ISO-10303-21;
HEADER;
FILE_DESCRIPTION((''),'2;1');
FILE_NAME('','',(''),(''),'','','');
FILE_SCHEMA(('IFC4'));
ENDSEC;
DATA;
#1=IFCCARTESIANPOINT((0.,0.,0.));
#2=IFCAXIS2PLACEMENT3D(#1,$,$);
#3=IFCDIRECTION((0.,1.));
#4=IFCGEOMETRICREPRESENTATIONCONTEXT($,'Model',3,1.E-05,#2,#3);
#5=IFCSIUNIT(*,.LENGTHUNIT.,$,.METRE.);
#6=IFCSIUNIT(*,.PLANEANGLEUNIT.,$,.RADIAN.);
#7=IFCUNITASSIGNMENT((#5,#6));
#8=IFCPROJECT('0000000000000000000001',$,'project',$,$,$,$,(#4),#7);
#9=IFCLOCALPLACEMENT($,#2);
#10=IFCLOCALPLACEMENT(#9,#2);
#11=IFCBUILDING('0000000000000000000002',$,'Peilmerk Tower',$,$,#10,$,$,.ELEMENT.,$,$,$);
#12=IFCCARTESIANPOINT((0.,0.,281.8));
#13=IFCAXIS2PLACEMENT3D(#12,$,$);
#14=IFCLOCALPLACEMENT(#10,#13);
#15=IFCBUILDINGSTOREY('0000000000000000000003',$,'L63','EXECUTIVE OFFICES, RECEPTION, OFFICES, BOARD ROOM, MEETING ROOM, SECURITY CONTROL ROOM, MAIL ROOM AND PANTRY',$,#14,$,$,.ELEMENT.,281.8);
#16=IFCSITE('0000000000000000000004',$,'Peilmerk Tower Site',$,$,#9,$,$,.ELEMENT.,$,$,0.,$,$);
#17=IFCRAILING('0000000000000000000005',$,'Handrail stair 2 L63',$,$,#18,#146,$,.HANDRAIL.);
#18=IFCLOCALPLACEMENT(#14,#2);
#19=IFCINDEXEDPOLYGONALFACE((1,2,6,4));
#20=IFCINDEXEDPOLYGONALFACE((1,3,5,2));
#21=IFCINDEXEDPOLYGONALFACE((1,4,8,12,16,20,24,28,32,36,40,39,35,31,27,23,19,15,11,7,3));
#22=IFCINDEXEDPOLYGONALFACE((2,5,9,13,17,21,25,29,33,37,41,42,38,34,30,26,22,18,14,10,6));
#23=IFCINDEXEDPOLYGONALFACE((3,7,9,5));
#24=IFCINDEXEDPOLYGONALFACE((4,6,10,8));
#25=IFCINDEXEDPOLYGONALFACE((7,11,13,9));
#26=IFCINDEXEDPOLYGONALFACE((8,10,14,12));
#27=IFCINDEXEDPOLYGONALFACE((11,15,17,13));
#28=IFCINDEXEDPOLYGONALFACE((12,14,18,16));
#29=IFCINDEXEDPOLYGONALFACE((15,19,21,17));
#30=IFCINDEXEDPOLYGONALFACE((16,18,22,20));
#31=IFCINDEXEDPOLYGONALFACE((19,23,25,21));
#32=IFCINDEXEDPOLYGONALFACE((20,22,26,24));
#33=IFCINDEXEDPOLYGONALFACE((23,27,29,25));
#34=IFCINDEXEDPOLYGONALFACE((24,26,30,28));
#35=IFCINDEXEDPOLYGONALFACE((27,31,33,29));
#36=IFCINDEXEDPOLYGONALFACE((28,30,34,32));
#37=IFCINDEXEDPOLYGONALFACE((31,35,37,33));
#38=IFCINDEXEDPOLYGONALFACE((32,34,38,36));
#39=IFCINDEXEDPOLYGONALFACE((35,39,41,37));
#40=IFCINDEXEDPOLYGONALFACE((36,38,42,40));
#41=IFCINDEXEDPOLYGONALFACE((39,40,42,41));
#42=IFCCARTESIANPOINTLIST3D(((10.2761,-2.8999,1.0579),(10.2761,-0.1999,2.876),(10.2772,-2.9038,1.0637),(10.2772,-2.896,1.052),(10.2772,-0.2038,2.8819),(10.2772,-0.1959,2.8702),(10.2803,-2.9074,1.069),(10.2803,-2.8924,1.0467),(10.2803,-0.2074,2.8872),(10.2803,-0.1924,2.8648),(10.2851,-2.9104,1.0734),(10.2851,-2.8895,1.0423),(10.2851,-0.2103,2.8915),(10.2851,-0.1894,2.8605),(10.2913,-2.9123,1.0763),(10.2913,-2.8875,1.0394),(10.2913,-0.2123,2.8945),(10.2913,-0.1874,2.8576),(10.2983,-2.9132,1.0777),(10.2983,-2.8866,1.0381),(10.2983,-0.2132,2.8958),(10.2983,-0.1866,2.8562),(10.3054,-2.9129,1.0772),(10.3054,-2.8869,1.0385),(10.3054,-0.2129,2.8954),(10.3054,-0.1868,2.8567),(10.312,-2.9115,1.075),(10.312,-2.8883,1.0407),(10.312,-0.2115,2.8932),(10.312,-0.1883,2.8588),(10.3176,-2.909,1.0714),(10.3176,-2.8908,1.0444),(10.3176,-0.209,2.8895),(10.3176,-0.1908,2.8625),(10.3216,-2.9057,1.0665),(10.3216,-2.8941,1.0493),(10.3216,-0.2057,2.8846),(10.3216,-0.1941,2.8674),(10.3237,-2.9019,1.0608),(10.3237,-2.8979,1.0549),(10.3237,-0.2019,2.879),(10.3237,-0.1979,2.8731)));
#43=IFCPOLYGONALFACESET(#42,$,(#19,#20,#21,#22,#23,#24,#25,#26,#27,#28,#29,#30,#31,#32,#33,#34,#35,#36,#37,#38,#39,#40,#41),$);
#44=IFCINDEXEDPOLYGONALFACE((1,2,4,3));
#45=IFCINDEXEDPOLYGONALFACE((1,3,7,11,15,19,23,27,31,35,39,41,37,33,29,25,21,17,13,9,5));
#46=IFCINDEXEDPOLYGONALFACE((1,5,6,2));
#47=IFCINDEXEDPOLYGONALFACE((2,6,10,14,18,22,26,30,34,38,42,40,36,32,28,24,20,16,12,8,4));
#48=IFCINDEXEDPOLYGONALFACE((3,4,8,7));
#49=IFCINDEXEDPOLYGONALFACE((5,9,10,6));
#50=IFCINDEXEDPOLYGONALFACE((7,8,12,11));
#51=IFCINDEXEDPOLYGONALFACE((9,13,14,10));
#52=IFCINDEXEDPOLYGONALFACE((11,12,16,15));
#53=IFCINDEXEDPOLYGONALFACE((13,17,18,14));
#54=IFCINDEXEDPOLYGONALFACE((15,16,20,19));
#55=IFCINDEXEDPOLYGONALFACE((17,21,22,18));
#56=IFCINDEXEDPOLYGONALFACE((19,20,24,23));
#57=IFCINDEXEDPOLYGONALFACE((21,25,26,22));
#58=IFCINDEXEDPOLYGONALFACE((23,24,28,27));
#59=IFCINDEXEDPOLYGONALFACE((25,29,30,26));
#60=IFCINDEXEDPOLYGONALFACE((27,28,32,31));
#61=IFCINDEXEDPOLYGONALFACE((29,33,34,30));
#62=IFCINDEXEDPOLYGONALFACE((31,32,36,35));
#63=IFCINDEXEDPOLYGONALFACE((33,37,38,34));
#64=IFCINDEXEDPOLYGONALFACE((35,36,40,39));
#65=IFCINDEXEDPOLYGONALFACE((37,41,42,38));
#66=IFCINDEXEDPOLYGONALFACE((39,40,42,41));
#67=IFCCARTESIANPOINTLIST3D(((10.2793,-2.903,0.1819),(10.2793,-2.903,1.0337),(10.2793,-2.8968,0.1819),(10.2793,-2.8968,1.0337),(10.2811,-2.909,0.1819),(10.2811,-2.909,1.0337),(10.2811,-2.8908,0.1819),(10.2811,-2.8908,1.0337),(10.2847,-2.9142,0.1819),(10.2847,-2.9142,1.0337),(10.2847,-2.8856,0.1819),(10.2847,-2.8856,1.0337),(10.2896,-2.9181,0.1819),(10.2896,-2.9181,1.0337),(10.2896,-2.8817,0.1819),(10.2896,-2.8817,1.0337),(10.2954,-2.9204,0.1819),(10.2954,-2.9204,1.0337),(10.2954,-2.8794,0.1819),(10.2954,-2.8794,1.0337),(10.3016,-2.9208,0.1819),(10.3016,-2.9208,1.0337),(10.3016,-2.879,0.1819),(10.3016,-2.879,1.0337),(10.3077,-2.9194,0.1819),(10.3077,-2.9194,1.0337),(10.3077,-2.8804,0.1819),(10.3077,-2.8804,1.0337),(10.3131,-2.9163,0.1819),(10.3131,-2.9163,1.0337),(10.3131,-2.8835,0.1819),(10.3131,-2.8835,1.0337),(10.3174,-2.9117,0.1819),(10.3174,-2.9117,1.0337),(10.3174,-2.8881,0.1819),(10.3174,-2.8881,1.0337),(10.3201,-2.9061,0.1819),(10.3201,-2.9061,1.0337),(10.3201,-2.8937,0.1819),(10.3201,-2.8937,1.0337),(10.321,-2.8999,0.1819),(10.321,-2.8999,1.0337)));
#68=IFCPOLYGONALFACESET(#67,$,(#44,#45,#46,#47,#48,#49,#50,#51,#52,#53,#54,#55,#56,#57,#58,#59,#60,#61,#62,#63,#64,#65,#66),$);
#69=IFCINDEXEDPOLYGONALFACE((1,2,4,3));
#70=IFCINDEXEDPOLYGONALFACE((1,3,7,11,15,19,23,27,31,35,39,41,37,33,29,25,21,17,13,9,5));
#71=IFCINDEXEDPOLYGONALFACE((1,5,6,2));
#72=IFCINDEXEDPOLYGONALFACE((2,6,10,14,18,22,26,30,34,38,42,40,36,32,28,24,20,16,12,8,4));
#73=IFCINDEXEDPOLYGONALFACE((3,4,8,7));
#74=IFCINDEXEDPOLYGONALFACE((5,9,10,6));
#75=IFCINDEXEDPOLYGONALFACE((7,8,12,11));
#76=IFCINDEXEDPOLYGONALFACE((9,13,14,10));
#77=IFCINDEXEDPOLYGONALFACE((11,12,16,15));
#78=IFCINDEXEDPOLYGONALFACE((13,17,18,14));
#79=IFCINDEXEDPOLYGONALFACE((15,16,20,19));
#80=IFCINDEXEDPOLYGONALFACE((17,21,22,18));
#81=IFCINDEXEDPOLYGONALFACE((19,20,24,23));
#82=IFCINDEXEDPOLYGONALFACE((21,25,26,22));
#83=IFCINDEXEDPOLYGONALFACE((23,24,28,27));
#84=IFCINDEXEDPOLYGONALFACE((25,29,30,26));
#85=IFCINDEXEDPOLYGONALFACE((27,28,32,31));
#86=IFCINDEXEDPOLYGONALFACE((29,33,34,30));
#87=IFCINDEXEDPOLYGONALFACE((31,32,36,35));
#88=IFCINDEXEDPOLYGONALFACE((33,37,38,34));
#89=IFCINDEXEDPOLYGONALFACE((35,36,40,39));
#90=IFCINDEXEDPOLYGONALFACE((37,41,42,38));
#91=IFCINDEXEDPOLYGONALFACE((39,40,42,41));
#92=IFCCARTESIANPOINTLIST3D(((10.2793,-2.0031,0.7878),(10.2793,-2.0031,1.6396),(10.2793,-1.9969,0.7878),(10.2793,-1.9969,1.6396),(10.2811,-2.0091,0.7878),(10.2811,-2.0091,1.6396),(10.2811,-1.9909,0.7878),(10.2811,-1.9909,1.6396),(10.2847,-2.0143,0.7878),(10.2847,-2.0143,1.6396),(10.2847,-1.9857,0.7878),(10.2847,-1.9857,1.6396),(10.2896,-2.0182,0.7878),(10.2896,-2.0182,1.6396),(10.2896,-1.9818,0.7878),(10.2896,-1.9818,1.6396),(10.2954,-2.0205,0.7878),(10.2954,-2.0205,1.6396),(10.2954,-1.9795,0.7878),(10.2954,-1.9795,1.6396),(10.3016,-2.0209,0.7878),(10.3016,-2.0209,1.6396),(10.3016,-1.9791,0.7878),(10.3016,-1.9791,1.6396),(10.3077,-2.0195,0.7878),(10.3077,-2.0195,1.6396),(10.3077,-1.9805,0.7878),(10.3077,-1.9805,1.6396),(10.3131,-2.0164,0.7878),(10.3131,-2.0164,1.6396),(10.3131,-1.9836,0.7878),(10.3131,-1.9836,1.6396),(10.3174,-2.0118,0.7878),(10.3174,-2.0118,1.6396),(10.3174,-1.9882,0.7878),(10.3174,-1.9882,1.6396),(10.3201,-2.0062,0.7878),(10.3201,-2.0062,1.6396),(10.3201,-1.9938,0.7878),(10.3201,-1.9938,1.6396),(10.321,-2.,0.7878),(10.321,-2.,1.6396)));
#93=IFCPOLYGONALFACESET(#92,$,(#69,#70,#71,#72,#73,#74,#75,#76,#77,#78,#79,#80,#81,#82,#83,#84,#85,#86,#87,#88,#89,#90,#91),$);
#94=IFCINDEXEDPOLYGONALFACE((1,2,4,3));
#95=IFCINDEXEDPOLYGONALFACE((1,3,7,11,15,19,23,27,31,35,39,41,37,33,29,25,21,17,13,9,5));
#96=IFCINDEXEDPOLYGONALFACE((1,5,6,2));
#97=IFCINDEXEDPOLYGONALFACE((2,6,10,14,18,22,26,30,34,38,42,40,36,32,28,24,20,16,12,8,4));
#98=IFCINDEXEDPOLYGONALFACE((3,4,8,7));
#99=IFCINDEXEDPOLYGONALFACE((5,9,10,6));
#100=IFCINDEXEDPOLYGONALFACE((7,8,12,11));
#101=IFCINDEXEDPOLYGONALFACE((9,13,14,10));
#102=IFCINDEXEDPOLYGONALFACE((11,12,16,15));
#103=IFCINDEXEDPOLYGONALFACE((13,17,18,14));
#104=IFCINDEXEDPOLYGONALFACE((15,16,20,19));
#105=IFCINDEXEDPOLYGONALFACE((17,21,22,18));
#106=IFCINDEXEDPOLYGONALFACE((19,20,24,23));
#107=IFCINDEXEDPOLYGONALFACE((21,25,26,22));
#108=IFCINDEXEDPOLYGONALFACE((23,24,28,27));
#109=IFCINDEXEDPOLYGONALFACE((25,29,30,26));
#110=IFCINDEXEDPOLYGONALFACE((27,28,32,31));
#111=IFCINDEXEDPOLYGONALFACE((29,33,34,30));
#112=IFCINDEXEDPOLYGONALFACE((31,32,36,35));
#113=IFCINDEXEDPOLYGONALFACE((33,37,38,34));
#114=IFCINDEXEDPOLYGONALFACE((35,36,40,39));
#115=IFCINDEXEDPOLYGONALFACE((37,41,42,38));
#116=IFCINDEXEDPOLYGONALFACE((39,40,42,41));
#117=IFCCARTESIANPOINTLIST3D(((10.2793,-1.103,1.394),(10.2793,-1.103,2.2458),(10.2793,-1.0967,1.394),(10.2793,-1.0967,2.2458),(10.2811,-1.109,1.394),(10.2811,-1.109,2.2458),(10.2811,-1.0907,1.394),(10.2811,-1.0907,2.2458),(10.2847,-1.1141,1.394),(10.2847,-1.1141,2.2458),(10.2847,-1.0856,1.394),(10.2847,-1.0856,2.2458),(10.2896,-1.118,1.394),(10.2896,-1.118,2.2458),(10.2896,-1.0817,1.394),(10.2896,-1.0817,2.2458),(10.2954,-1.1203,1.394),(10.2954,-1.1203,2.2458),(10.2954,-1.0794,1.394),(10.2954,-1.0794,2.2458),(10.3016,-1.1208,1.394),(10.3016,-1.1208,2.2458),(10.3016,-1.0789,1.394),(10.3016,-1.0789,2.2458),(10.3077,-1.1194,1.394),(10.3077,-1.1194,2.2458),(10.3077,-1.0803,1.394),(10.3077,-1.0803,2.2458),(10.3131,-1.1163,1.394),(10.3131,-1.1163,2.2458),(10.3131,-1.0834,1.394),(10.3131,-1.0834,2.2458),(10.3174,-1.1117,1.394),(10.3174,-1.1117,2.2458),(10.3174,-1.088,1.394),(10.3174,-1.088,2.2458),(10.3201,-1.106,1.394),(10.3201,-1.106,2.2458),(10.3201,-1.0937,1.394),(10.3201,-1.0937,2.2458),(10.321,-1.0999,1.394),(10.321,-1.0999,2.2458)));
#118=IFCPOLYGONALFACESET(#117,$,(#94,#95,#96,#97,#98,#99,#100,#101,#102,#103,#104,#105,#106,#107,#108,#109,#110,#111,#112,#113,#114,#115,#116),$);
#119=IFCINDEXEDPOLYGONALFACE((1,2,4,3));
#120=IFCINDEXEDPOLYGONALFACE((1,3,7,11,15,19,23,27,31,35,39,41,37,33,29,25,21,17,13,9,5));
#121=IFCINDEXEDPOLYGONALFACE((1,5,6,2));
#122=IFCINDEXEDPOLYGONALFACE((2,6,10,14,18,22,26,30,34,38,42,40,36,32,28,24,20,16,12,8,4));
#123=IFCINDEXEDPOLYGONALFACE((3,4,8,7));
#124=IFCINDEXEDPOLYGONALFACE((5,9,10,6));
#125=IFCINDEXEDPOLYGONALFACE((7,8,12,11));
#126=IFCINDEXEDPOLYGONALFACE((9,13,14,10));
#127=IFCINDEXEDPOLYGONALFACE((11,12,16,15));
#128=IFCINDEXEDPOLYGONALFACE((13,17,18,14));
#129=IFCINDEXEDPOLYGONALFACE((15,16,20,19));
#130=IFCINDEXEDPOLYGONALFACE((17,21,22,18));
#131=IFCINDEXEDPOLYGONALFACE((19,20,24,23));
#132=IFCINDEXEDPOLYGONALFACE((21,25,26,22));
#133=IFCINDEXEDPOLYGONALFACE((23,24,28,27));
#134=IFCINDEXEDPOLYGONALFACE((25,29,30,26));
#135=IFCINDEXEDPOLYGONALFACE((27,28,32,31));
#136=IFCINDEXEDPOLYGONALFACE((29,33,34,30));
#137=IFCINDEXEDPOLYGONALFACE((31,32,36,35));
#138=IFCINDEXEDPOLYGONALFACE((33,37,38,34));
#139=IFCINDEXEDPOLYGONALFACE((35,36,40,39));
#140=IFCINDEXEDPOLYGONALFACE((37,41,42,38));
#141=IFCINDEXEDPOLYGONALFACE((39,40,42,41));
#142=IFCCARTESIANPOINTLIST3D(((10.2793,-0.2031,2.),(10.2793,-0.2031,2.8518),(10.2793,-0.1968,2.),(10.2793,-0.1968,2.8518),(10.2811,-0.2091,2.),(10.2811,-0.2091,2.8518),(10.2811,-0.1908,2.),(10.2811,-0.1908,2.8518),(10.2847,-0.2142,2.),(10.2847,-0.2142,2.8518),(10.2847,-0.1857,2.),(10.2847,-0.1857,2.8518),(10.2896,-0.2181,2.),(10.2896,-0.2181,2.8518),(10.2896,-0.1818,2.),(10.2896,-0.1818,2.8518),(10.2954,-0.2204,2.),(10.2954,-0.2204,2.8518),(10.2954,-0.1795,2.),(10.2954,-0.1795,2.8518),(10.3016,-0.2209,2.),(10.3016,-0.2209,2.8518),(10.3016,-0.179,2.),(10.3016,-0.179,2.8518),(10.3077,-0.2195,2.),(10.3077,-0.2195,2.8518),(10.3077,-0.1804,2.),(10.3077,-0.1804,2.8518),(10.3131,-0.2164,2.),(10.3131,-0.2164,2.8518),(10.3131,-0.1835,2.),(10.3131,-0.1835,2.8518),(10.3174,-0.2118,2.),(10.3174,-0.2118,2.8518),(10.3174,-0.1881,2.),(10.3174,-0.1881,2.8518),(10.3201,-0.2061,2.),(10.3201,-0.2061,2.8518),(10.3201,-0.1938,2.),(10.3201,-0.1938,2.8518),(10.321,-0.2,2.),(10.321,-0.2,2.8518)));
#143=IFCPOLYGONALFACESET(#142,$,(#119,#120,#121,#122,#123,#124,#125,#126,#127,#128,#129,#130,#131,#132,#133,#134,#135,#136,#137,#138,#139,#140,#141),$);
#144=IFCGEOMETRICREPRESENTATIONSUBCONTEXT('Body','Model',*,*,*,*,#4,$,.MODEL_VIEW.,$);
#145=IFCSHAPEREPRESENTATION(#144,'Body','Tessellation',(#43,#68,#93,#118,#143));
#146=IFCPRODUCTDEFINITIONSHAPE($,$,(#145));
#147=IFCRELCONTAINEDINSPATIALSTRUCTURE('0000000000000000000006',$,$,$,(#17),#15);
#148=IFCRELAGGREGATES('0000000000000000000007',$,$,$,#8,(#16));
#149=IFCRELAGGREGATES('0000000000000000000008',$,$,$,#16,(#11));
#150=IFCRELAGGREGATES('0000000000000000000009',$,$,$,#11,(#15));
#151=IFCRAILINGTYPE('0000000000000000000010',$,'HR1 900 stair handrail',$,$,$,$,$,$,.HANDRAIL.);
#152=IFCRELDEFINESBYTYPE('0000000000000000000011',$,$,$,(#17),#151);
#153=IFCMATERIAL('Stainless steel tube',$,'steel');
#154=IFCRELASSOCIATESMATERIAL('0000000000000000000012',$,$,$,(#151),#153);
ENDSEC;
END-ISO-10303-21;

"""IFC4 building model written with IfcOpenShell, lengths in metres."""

from ifc_helpers import new_model, si_unit, direction, frame, origin, origin_2d, place, context, subcontext, project, spatial, circle, extrude, material, type_object, element, save


model = new_model("IFC4")

# Units and contexts
model_context = context("Model", 3, precision=1e-05, world=origin(), true_north=direction((0.0, 1.0)))
body_context = subcontext(model_context, "Body", "Model", "MODEL_VIEW")
ifc_project = project(units=[si_unit("LENGTHUNIT", "METRE"), si_unit("PLANEANGLEUNIT", "RADIAN")], contexts=[model_context])

# Site, building, storey
site_placement = place(None, origin())
site = spatial("IfcSite", under=ifc_project, at=site_placement, Name="Peilmerk Tower Site", CompositionType="ELEMENT", RefElevation=0.0)
building_placement = place(site_placement, origin())
building = spatial("IfcBuilding", under=site, at=building_placement, Name="Peilmerk Tower", CompositionType="ELEMENT")
storey_placement = place(building_placement, frame((0.0, 0.0, 281.8)))
storey = spatial("IfcBuildingStorey", under=building, at=storey_placement, Name="L63", Description="EXECUTIVE OFFICES, RECEPTION, OFFICES, BOARD ROOM, MEETING ROOM, SECURITY CONTROL ROOM, MAIL ROOM AND PANTRY", CompositionType="ELEMENT", Elevation=281.8)

# Railing
ifc_material_1 = material(Name="Stainless steel tube", Category="steel")
railing_type_1 = type_object("IfcRailingType", Name="HR1 900 stair handrail", PredefinedType="HANDRAIL", material=ifc_material_1)
railing_1_placement = place(storey_placement, frame((10.3, -2.8999, 0.1819)))
element("IfcRailing", 1, at=railing_1_placement, inside=storey, type_object=railing_type_1, Name="Handrail stair 2 L63", PredefinedType="HANDRAIL", context=body_context, shape_type="SweptSolid", body=[
    extrude(circle(Radius=0.0239, at=origin_2d()), frame((0.0, 0.0, 0.876), z_axis=(0.0, 0.829468, 0.558554), x_axis=(-1.0, 0.0, 0.0)), (0.0, 0.0, 1.0), 3.2551),
    extrude(circle(Radius=0.021, at=origin_2d()), origin(), (0.0, 0.0, 1.0), 0.8518),
    extrude(circle(Radius=0.021, at=origin_2d()), frame((0.0, 0.8999, 0.606)), (0.0, 0.0, 1.0), 0.8518),
    extrude(circle(Radius=0.021, at=origin_2d()), frame((0.0, 1.8, 1.2122)), (0.0, 0.0, 1.0), 0.8518),
    extrude(circle(Radius=0.021, at=origin_2d()), frame((0.0, 2.7, 1.8181)), (0.0, 0.0, 1.0), 0.8518),
])

save(model, "model.ifc")
